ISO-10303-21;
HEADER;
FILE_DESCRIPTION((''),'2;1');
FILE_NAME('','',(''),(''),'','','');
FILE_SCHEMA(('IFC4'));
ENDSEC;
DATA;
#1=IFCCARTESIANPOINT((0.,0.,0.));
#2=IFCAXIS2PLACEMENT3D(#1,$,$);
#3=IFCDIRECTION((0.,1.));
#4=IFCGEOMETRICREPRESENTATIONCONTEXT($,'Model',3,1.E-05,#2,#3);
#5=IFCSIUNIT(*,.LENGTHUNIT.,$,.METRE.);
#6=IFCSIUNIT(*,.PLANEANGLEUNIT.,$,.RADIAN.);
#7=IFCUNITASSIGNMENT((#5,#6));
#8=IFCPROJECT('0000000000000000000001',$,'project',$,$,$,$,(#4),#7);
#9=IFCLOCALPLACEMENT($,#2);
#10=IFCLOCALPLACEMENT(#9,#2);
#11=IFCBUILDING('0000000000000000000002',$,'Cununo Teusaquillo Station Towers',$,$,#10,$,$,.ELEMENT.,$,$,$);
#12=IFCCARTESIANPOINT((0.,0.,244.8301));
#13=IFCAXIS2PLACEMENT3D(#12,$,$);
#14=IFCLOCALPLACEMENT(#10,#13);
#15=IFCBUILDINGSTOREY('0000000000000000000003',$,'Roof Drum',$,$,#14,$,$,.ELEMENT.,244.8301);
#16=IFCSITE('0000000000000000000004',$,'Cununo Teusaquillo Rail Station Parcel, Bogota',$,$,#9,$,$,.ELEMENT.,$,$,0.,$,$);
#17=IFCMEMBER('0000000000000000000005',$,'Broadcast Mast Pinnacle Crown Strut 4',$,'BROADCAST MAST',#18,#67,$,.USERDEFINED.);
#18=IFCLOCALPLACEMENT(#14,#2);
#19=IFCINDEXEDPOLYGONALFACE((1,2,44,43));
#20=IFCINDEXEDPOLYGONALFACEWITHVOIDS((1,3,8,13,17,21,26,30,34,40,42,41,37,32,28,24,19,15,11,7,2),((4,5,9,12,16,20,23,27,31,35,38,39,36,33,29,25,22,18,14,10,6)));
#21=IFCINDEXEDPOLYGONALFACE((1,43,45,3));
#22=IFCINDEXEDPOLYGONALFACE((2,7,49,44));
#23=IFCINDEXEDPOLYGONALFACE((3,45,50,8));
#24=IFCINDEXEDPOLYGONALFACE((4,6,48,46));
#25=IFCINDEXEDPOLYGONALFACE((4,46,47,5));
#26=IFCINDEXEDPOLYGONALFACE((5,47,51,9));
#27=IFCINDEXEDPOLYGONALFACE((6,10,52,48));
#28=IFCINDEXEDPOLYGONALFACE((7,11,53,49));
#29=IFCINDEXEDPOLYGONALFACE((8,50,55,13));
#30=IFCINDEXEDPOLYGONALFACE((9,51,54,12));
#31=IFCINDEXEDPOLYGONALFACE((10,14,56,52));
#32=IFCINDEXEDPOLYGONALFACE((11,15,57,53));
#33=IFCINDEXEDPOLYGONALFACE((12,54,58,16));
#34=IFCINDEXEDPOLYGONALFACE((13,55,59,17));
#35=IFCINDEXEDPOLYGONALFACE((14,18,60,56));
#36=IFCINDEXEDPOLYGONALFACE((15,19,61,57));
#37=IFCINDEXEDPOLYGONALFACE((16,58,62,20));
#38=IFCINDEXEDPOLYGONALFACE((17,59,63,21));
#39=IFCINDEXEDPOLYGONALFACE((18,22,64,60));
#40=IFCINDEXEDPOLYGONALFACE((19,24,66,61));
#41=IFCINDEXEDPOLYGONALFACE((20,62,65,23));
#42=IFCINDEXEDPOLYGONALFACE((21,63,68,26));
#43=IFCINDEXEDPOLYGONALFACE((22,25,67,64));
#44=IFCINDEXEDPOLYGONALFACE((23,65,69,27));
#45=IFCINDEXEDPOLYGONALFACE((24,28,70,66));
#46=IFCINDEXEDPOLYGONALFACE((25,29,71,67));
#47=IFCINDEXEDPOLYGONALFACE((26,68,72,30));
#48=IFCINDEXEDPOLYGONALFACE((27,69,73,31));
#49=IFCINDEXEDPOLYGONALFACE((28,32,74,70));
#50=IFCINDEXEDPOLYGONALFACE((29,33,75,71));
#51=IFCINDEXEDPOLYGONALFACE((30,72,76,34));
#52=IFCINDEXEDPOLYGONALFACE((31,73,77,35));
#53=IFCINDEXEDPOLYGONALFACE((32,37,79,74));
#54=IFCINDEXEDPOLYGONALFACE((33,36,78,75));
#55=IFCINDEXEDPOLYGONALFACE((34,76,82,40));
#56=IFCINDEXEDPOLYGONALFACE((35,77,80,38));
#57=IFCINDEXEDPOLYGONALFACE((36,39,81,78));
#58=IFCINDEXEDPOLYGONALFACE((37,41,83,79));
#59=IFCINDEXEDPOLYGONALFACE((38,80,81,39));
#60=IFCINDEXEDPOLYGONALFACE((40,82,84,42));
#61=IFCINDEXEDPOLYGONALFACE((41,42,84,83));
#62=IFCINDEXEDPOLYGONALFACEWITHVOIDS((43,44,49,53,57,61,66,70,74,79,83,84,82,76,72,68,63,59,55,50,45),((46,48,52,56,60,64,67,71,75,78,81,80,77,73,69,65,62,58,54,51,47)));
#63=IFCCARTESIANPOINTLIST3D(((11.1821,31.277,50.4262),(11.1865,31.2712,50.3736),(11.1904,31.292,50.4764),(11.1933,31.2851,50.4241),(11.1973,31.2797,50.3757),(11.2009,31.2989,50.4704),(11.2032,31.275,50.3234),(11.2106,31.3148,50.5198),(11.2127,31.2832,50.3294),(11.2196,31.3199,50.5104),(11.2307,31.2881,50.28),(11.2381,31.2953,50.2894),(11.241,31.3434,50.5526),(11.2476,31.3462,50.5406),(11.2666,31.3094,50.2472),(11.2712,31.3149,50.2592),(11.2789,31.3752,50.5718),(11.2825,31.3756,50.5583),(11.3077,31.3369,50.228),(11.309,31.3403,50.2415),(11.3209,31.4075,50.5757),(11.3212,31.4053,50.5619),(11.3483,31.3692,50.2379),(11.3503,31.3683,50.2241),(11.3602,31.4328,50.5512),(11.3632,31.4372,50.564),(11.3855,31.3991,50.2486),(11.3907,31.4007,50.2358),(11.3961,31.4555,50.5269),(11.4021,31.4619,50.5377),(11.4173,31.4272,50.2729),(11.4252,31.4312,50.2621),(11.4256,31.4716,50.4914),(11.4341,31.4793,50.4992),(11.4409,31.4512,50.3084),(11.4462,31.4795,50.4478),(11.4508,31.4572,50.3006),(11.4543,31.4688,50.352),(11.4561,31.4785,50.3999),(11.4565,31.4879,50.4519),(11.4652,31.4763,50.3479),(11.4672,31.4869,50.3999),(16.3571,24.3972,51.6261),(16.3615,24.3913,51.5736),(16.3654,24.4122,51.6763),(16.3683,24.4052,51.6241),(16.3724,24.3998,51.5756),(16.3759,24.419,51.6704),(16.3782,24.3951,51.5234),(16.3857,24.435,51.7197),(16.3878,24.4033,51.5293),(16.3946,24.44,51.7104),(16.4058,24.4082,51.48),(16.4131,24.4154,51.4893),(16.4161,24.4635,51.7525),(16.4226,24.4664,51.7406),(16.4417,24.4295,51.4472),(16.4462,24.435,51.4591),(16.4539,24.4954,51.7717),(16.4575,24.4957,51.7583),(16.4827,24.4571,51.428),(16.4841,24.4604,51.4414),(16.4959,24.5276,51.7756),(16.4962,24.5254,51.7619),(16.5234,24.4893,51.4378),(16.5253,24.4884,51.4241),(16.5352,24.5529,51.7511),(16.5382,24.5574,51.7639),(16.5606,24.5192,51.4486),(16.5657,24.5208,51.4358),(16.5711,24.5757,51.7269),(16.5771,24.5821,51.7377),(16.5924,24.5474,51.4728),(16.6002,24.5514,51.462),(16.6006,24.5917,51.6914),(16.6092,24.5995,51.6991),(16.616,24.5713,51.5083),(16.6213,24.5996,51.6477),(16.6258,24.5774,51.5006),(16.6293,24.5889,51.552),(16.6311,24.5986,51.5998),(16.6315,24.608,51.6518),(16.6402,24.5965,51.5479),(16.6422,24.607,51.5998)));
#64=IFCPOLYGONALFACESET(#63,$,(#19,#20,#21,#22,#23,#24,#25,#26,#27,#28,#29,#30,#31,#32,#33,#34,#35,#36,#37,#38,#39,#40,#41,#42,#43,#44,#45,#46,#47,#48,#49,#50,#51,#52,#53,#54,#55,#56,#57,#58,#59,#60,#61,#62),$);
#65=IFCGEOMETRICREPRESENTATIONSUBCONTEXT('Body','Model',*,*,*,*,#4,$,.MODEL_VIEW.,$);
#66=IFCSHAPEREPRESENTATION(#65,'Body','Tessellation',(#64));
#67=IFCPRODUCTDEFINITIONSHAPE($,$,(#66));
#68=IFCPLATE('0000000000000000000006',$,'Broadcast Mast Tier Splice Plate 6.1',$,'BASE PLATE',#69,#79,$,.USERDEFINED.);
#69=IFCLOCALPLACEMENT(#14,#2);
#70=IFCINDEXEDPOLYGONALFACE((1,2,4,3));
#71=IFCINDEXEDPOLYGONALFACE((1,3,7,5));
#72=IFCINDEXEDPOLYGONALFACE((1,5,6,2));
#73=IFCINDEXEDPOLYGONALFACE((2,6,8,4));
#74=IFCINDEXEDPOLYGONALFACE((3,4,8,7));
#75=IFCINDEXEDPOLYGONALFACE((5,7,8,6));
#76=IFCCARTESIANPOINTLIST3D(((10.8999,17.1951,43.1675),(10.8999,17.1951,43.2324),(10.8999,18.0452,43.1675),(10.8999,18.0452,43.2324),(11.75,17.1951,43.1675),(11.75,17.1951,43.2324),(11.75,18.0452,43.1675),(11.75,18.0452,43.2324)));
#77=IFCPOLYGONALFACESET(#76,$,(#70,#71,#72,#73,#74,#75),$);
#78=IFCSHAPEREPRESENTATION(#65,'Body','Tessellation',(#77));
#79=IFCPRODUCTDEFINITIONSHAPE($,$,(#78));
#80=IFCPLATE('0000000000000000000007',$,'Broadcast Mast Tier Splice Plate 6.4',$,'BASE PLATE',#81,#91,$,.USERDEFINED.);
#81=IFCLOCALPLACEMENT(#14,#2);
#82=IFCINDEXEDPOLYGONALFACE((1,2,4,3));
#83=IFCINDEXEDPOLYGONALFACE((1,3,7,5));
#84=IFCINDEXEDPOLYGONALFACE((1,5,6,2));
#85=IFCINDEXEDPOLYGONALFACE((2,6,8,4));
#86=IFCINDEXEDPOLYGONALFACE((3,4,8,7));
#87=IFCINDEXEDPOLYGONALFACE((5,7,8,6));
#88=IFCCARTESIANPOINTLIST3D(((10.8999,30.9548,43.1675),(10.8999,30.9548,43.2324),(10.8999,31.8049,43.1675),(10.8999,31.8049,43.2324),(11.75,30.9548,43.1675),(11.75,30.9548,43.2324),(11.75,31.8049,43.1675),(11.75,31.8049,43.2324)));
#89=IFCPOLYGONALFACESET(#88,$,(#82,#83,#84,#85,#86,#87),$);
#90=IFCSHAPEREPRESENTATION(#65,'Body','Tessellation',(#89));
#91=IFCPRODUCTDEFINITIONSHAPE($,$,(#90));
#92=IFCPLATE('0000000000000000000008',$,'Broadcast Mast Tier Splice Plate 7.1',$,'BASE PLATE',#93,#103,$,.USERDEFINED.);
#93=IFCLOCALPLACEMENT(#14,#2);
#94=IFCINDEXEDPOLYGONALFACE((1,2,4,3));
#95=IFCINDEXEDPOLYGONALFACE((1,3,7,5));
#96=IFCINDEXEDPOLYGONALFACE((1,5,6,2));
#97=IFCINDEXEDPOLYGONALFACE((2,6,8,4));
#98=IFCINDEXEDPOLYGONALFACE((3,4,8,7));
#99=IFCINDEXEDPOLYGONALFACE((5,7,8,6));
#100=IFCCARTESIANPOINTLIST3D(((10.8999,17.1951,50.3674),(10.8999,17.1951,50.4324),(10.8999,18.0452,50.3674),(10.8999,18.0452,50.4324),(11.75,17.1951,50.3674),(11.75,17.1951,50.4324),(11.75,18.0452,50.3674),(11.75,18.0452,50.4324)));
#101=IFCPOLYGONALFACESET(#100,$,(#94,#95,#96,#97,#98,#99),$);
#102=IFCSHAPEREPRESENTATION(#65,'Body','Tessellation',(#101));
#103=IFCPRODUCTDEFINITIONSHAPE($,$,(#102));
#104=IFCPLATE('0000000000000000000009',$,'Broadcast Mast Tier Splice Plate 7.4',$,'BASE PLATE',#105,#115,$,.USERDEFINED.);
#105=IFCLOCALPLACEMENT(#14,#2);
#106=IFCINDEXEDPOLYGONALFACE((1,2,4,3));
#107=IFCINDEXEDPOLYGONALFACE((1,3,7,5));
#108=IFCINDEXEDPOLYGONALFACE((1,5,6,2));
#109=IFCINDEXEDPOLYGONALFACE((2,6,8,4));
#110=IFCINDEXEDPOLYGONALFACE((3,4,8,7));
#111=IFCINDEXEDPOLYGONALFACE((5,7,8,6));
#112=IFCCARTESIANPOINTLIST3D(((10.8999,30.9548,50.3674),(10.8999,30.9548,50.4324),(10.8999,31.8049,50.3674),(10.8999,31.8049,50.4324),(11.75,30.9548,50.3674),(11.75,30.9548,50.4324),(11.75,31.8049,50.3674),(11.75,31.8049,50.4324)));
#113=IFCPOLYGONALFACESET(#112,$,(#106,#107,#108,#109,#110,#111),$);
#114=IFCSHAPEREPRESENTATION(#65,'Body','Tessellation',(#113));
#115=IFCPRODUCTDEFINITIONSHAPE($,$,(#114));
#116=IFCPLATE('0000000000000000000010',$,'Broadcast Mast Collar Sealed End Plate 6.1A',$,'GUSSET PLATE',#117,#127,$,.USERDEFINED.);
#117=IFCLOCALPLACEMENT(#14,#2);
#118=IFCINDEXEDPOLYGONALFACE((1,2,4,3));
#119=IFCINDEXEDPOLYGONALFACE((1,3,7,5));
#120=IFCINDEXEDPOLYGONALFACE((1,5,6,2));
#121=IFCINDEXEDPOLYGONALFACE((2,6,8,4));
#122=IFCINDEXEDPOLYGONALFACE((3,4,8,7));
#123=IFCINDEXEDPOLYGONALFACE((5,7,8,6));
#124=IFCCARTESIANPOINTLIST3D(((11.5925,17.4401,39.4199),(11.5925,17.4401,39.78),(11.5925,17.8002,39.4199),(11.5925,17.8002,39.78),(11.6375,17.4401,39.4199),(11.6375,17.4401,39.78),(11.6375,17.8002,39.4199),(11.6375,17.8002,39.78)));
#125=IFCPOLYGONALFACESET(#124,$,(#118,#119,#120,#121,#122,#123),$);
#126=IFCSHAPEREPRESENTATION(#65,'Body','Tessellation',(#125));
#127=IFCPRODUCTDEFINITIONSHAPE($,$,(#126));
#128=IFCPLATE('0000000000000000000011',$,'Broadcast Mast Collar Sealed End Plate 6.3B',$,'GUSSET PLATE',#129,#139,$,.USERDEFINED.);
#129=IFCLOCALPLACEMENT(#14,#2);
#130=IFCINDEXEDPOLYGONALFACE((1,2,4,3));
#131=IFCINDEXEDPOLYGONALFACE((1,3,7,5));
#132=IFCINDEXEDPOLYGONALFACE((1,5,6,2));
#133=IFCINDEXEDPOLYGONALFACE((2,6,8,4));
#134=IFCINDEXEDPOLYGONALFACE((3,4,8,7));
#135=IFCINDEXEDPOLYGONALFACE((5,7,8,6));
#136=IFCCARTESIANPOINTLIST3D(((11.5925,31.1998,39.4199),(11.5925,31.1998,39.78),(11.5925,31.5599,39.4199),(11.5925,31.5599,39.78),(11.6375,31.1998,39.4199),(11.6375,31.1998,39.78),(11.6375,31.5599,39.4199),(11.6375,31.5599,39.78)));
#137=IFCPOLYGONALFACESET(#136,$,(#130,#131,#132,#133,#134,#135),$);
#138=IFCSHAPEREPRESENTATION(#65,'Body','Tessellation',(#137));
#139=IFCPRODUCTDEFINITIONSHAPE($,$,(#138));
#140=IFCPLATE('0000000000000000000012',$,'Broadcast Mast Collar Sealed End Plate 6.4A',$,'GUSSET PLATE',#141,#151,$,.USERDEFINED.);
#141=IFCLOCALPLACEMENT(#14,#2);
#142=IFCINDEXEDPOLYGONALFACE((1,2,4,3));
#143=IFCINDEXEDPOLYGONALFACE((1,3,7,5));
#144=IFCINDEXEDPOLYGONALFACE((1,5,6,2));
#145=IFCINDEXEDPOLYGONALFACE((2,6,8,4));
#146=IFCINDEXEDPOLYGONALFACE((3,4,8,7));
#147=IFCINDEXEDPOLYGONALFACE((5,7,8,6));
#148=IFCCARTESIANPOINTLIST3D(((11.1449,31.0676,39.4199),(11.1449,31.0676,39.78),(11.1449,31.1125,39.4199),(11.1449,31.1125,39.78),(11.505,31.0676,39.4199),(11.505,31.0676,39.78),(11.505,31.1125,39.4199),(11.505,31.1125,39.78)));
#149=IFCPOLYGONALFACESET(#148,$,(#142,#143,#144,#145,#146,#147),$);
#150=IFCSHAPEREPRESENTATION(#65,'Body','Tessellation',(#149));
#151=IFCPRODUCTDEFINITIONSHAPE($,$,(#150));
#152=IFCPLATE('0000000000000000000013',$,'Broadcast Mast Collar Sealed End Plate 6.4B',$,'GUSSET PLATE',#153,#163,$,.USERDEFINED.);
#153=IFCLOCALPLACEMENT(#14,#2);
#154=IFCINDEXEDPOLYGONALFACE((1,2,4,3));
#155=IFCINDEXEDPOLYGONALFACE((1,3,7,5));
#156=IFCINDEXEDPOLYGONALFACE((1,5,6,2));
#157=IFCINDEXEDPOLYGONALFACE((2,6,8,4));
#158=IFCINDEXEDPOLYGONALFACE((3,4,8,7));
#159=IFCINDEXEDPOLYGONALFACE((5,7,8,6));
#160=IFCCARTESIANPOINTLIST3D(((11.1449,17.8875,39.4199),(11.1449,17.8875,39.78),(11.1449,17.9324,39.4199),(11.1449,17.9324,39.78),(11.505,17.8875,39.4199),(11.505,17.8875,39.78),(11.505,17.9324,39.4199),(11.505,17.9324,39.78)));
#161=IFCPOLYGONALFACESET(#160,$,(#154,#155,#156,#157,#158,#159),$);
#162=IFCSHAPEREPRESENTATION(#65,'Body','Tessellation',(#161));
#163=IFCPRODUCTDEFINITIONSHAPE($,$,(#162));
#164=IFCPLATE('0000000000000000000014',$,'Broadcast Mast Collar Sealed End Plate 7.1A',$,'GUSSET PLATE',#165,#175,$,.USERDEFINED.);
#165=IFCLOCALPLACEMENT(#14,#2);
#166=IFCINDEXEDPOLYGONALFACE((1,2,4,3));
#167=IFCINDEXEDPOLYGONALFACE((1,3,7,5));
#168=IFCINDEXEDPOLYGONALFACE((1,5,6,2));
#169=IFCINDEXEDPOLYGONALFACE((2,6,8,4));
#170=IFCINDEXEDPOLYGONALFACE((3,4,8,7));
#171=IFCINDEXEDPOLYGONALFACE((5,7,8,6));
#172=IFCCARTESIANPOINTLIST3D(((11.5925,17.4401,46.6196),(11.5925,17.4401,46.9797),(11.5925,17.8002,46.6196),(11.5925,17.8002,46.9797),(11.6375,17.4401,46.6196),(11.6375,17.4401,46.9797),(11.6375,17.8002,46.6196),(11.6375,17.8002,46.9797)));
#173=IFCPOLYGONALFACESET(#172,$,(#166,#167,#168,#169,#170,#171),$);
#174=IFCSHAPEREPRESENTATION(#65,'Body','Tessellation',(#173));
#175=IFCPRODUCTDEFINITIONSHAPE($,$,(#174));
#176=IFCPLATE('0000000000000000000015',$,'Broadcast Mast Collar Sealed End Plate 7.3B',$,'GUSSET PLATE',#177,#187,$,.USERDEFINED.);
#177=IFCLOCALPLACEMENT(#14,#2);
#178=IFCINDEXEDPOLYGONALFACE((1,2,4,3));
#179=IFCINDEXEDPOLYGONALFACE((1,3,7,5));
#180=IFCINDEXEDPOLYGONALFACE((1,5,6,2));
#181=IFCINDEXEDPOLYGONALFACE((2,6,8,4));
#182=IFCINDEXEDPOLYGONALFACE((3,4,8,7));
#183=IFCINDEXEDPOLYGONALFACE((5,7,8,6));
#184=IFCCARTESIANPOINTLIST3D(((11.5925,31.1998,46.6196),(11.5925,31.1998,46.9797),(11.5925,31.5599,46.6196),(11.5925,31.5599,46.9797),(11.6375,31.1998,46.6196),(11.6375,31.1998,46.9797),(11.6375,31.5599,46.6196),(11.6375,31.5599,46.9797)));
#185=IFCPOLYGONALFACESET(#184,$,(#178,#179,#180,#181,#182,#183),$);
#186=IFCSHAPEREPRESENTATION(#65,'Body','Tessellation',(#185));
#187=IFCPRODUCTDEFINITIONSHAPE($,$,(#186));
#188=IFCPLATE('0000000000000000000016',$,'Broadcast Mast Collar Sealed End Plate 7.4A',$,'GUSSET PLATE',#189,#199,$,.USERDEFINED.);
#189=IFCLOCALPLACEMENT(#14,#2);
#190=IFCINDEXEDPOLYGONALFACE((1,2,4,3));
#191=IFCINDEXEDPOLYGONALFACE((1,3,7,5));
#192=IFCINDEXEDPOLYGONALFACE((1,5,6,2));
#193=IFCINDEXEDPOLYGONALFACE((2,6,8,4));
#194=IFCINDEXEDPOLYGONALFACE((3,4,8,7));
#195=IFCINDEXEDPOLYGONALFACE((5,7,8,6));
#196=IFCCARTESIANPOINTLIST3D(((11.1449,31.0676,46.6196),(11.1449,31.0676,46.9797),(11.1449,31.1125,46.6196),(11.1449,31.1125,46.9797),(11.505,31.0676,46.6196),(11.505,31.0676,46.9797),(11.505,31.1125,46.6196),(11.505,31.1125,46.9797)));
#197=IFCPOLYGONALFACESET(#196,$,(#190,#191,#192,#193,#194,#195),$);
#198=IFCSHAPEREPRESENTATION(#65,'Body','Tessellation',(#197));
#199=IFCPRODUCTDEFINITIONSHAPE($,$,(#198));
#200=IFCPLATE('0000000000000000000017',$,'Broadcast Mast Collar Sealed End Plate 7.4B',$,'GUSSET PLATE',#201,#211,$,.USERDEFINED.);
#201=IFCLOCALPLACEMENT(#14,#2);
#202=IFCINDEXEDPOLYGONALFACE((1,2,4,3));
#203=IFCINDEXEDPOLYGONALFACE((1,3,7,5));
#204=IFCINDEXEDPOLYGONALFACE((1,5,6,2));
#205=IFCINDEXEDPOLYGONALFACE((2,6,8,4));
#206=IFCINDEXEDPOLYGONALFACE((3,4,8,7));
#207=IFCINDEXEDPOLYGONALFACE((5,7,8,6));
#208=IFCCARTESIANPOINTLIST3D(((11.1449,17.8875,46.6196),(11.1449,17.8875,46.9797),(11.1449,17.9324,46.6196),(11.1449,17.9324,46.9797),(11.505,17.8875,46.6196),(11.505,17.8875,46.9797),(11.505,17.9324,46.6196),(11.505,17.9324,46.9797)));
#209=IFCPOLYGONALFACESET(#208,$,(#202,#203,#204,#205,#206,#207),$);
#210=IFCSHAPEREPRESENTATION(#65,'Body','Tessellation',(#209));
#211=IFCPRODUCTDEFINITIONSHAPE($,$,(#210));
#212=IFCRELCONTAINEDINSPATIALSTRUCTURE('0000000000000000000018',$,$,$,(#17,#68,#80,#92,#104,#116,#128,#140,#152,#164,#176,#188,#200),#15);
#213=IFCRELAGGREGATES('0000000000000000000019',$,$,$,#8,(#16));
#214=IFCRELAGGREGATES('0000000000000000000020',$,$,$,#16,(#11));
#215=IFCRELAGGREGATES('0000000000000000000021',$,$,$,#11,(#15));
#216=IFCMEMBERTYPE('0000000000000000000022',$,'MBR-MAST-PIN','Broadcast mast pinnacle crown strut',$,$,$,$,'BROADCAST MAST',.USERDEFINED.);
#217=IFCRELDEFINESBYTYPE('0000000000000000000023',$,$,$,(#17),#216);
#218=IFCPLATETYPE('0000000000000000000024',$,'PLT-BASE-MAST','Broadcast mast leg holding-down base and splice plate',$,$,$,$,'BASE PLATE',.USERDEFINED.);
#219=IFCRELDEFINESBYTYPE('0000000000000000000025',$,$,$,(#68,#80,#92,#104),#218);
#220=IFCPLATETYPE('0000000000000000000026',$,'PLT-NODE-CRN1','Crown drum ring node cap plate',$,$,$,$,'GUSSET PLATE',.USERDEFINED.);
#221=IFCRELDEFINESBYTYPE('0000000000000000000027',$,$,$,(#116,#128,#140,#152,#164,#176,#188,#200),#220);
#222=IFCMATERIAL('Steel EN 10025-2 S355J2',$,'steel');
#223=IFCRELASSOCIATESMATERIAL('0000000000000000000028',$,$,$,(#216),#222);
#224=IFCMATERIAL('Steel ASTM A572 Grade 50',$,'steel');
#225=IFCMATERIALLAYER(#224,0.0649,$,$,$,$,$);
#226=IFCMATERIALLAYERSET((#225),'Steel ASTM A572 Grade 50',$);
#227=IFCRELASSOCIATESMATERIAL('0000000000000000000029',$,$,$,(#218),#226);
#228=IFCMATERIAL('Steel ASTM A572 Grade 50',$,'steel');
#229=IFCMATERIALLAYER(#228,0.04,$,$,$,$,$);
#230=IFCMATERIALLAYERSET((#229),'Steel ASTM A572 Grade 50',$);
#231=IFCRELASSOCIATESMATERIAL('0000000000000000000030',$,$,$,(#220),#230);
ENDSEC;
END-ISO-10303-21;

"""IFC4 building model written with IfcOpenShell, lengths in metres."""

from ifc_helpers import new_model, si_unit, direction, frame, origin, origin_2d, place, context, subcontext, project, spatial, rectangle, hollow_circle, extrude, source, transform, mapped, material, layer, layer_set, material_profile, profile_set, type_object, element, save


model = new_model("IFC4")

# Units and contexts
model_context = context("Model", 3, precision=1e-05, world=origin(), true_north=direction((0.0, 1.0)))
body_context = subcontext(model_context, "Body", "Model", "MODEL_VIEW")
ifc_project = project(units=[si_unit("LENGTHUNIT", "METRE"), si_unit("PLANEANGLEUNIT", "RADIAN")], contexts=[model_context])

# Site, building, storey
site_placement = place(None, origin())
site = spatial("IfcSite", under=ifc_project, at=site_placement, Name="Cununo Teusaquillo Rail Station Parcel, Bogota", CompositionType="ELEMENT", RefElevation=0.0)
building_placement = place(site_placement, origin())
building = spatial("IfcBuilding", under=site, at=building_placement, Name="Cununo Teusaquillo Station Towers", CompositionType="ELEMENT")
storey_placement = place(building_placement, frame((0.0, 0.0, 244.8301)))
storey = spatial("IfcBuildingStorey", under=building, at=storey_placement, Name="Roof Drum", CompositionType="ELEMENT", Elevation=244.8301)

# Member
ifc_material_1 = material(Name="Steel EN 10025-2 S355J2", Category="steel")
ifc_material_profile_1 = material_profile(ifc_material_1, hollow_circle(Radius=0.178, WallThickness=0.0139, at=origin_2d()), Name="CHS 356x14")
ifc_profile_set_1 = profile_set([ifc_material_profile_1], Name="Steel EN 10025-2 S355J2")
member_type_1 = type_object("IfcMemberType", Name="MBR-MAST-PIN", Description="Broadcast mast pinnacle crown strut", ElementType="BROADCAST MAST", PredefinedType="USERDEFINED", material=ifc_profile_set_1)
for number, where, z_axis, x_axis, name in (
    (1, (11.325, 31.3799, 50.3999), (0.595369, -0.791504, 0.13805), (0.799155, 0.601125, 0.0), "Broadcast Mast Pinnacle Crown Strut 4"),
):
    element("IfcMember", number, at=place(storey_placement, frame(where, z_axis=z_axis, x_axis=x_axis)), inside=storey, type_object=member_type_1, Name=name, ObjectType="BROADCAST MAST", PredefinedType="USERDEFINED", context=body_context, shape_type="SweptSolid", body=[
        extrude(hollow_circle(Radius=0.178, WallThickness=0.0139, at=origin_2d()), origin(), (0.0, 0.0, 1.0), 8.6921),
    ])

# Plates
ifc_material_2 = material(Name="Steel ASTM A572 Grade 50", Category="steel")
ifc_layer_1 = layer(ifc_material_2, 0.0649)
ifc_layer_set_1 = layer_set([ifc_layer_1], Name="Steel ASTM A572 Grade 50")
plate_type_1 = type_object("IfcPlateType", Name="PLT-BASE-MAST", Description="Broadcast mast leg holding-down base and splice plate", ElementType="BASE PLATE", PredefinedType="USERDEFINED", material=ifc_layer_set_1)
shared_shape_1 = source(origin(), body_context, "Body", "SweptSolid", [
    extrude(rectangle(XDim=0.8501, YDim=0.8501, at=origin_2d()), origin(), (0.0, 0.0, 1.0), 0.0649),
])
for number, where, z_axis, x_axis, name in (
    (2, (11.325, 17.6201, 43.1675), (0.0, 0.0, 1.0), (1.0, 0.0, 0.0), "Broadcast Mast Tier Splice Plate 6.1"),
    (3, (11.325, 31.3799, 43.1675), (0.0, 0.0, 1.0), (1.0, 0.0, 0.0), "Broadcast Mast Tier Splice Plate 6.4"),
    (4, (11.325, 17.6201, 50.3674), (0.0, 0.0, 1.0), (1.0, 0.0, 0.0), "Broadcast Mast Tier Splice Plate 7.1"),
    (5, (11.325, 31.3799, 50.3674), (0.0, 0.0, 1.0), (1.0, 0.0, 0.0), "Broadcast Mast Tier Splice Plate 7.4"),
):
    element("IfcPlate", number, at=place(storey_placement, frame(where, z_axis=z_axis, x_axis=x_axis)), inside=storey, type_object=plate_type_1, Name=name, ObjectType="BASE PLATE", PredefinedType="USERDEFINED", context=body_context, shape_type="MappedRepresentation", body=[
        mapped(shared_shape_1, transform((0.0, 0.0, 0.0), x_axis=(1.0, 0.0, 0.0), y_axis=(0.0, 1.0, 0.0), z_axis=(0.0, 0.0, 1.0), scale=1.0)),
    ])
ifc_material_3 = material(Name="Steel ASTM A572 Grade 50", Category="steel")
ifc_layer_2 = layer(ifc_material_3, 0.04)
ifc_layer_set_2 = layer_set([ifc_layer_2], Name="Steel ASTM A572 Grade 50")
plate_type_2 = type_object("IfcPlateType", Name="PLT-NODE-CRN1", Description="Crown drum ring node cap plate", ElementType="GUSSET PLATE", PredefinedType="USERDEFINED", material=ifc_layer_set_2)
shared_shape_2 = source(origin(), body_context, "Body", "SweptSolid", [
    extrude(rectangle(XDim=0.0449, YDim=0.3601, at=origin_2d()), origin(), (0.0, 0.0, 1.0), 0.3601),
])
for number, where, z_axis, x_axis, name in (
    (6, (11.615, 17.6201, 39.4199), (0.0, 0.0, 1.0), (1.0, 0.0, 0.0), "Broadcast Mast Collar Sealed End Plate 6.1A"),
    (7, (11.615, 31.3799, 39.4199), (0.0, 0.0, 1.0), (-1.0, 0.0, 0.0), "Broadcast Mast Collar Sealed End Plate 6.3B"),
    (8, (11.325, 31.0901, 39.4199), (0.0, 0.0, 1.0), (0.0, -1.0, 0.0), "Broadcast Mast Collar Sealed End Plate 6.4A"),
    (9, (11.325, 17.9099, 39.4199), (0.0, 0.0, 1.0), (0.0, -1.0, 0.0), "Broadcast Mast Collar Sealed End Plate 6.4B"),
    (10, (11.615, 17.6201, 46.6196), (0.0, 0.0, 1.0), (1.0, 0.0, 0.0), "Broadcast Mast Collar Sealed End Plate 7.1A"),
    (11, (11.615, 31.3799, 46.6196), (0.0, 0.0, 1.0), (-1.0, 0.0, 0.0), "Broadcast Mast Collar Sealed End Plate 7.3B"),
    (12, (11.325, 31.0901, 46.6196), (0.0, 0.0, 1.0), (0.0, -1.0, 0.0), "Broadcast Mast Collar Sealed End Plate 7.4A"),
    (13, (11.325, 17.9099, 46.6196), (0.0, 0.0, 1.0), (0.0, -1.0, 0.0), "Broadcast Mast Collar Sealed End Plate 7.4B"),
):
    element("IfcPlate", number, at=place(storey_placement, frame(where, z_axis=z_axis, x_axis=x_axis)), inside=storey, type_object=plate_type_2, Name=name, ObjectType="GUSSET PLATE", PredefinedType="USERDEFINED", context=body_context, shape_type="MappedRepresentation", body=[
        mapped(shared_shape_2, transform((0.0, 0.0, 0.0), x_axis=(1.0, 0.0, 0.0), y_axis=(0.0, 1.0, 0.0), z_axis=(0.0, 0.0, 1.0), scale=1.0)),
    ])

save(model, "model.ifc")
